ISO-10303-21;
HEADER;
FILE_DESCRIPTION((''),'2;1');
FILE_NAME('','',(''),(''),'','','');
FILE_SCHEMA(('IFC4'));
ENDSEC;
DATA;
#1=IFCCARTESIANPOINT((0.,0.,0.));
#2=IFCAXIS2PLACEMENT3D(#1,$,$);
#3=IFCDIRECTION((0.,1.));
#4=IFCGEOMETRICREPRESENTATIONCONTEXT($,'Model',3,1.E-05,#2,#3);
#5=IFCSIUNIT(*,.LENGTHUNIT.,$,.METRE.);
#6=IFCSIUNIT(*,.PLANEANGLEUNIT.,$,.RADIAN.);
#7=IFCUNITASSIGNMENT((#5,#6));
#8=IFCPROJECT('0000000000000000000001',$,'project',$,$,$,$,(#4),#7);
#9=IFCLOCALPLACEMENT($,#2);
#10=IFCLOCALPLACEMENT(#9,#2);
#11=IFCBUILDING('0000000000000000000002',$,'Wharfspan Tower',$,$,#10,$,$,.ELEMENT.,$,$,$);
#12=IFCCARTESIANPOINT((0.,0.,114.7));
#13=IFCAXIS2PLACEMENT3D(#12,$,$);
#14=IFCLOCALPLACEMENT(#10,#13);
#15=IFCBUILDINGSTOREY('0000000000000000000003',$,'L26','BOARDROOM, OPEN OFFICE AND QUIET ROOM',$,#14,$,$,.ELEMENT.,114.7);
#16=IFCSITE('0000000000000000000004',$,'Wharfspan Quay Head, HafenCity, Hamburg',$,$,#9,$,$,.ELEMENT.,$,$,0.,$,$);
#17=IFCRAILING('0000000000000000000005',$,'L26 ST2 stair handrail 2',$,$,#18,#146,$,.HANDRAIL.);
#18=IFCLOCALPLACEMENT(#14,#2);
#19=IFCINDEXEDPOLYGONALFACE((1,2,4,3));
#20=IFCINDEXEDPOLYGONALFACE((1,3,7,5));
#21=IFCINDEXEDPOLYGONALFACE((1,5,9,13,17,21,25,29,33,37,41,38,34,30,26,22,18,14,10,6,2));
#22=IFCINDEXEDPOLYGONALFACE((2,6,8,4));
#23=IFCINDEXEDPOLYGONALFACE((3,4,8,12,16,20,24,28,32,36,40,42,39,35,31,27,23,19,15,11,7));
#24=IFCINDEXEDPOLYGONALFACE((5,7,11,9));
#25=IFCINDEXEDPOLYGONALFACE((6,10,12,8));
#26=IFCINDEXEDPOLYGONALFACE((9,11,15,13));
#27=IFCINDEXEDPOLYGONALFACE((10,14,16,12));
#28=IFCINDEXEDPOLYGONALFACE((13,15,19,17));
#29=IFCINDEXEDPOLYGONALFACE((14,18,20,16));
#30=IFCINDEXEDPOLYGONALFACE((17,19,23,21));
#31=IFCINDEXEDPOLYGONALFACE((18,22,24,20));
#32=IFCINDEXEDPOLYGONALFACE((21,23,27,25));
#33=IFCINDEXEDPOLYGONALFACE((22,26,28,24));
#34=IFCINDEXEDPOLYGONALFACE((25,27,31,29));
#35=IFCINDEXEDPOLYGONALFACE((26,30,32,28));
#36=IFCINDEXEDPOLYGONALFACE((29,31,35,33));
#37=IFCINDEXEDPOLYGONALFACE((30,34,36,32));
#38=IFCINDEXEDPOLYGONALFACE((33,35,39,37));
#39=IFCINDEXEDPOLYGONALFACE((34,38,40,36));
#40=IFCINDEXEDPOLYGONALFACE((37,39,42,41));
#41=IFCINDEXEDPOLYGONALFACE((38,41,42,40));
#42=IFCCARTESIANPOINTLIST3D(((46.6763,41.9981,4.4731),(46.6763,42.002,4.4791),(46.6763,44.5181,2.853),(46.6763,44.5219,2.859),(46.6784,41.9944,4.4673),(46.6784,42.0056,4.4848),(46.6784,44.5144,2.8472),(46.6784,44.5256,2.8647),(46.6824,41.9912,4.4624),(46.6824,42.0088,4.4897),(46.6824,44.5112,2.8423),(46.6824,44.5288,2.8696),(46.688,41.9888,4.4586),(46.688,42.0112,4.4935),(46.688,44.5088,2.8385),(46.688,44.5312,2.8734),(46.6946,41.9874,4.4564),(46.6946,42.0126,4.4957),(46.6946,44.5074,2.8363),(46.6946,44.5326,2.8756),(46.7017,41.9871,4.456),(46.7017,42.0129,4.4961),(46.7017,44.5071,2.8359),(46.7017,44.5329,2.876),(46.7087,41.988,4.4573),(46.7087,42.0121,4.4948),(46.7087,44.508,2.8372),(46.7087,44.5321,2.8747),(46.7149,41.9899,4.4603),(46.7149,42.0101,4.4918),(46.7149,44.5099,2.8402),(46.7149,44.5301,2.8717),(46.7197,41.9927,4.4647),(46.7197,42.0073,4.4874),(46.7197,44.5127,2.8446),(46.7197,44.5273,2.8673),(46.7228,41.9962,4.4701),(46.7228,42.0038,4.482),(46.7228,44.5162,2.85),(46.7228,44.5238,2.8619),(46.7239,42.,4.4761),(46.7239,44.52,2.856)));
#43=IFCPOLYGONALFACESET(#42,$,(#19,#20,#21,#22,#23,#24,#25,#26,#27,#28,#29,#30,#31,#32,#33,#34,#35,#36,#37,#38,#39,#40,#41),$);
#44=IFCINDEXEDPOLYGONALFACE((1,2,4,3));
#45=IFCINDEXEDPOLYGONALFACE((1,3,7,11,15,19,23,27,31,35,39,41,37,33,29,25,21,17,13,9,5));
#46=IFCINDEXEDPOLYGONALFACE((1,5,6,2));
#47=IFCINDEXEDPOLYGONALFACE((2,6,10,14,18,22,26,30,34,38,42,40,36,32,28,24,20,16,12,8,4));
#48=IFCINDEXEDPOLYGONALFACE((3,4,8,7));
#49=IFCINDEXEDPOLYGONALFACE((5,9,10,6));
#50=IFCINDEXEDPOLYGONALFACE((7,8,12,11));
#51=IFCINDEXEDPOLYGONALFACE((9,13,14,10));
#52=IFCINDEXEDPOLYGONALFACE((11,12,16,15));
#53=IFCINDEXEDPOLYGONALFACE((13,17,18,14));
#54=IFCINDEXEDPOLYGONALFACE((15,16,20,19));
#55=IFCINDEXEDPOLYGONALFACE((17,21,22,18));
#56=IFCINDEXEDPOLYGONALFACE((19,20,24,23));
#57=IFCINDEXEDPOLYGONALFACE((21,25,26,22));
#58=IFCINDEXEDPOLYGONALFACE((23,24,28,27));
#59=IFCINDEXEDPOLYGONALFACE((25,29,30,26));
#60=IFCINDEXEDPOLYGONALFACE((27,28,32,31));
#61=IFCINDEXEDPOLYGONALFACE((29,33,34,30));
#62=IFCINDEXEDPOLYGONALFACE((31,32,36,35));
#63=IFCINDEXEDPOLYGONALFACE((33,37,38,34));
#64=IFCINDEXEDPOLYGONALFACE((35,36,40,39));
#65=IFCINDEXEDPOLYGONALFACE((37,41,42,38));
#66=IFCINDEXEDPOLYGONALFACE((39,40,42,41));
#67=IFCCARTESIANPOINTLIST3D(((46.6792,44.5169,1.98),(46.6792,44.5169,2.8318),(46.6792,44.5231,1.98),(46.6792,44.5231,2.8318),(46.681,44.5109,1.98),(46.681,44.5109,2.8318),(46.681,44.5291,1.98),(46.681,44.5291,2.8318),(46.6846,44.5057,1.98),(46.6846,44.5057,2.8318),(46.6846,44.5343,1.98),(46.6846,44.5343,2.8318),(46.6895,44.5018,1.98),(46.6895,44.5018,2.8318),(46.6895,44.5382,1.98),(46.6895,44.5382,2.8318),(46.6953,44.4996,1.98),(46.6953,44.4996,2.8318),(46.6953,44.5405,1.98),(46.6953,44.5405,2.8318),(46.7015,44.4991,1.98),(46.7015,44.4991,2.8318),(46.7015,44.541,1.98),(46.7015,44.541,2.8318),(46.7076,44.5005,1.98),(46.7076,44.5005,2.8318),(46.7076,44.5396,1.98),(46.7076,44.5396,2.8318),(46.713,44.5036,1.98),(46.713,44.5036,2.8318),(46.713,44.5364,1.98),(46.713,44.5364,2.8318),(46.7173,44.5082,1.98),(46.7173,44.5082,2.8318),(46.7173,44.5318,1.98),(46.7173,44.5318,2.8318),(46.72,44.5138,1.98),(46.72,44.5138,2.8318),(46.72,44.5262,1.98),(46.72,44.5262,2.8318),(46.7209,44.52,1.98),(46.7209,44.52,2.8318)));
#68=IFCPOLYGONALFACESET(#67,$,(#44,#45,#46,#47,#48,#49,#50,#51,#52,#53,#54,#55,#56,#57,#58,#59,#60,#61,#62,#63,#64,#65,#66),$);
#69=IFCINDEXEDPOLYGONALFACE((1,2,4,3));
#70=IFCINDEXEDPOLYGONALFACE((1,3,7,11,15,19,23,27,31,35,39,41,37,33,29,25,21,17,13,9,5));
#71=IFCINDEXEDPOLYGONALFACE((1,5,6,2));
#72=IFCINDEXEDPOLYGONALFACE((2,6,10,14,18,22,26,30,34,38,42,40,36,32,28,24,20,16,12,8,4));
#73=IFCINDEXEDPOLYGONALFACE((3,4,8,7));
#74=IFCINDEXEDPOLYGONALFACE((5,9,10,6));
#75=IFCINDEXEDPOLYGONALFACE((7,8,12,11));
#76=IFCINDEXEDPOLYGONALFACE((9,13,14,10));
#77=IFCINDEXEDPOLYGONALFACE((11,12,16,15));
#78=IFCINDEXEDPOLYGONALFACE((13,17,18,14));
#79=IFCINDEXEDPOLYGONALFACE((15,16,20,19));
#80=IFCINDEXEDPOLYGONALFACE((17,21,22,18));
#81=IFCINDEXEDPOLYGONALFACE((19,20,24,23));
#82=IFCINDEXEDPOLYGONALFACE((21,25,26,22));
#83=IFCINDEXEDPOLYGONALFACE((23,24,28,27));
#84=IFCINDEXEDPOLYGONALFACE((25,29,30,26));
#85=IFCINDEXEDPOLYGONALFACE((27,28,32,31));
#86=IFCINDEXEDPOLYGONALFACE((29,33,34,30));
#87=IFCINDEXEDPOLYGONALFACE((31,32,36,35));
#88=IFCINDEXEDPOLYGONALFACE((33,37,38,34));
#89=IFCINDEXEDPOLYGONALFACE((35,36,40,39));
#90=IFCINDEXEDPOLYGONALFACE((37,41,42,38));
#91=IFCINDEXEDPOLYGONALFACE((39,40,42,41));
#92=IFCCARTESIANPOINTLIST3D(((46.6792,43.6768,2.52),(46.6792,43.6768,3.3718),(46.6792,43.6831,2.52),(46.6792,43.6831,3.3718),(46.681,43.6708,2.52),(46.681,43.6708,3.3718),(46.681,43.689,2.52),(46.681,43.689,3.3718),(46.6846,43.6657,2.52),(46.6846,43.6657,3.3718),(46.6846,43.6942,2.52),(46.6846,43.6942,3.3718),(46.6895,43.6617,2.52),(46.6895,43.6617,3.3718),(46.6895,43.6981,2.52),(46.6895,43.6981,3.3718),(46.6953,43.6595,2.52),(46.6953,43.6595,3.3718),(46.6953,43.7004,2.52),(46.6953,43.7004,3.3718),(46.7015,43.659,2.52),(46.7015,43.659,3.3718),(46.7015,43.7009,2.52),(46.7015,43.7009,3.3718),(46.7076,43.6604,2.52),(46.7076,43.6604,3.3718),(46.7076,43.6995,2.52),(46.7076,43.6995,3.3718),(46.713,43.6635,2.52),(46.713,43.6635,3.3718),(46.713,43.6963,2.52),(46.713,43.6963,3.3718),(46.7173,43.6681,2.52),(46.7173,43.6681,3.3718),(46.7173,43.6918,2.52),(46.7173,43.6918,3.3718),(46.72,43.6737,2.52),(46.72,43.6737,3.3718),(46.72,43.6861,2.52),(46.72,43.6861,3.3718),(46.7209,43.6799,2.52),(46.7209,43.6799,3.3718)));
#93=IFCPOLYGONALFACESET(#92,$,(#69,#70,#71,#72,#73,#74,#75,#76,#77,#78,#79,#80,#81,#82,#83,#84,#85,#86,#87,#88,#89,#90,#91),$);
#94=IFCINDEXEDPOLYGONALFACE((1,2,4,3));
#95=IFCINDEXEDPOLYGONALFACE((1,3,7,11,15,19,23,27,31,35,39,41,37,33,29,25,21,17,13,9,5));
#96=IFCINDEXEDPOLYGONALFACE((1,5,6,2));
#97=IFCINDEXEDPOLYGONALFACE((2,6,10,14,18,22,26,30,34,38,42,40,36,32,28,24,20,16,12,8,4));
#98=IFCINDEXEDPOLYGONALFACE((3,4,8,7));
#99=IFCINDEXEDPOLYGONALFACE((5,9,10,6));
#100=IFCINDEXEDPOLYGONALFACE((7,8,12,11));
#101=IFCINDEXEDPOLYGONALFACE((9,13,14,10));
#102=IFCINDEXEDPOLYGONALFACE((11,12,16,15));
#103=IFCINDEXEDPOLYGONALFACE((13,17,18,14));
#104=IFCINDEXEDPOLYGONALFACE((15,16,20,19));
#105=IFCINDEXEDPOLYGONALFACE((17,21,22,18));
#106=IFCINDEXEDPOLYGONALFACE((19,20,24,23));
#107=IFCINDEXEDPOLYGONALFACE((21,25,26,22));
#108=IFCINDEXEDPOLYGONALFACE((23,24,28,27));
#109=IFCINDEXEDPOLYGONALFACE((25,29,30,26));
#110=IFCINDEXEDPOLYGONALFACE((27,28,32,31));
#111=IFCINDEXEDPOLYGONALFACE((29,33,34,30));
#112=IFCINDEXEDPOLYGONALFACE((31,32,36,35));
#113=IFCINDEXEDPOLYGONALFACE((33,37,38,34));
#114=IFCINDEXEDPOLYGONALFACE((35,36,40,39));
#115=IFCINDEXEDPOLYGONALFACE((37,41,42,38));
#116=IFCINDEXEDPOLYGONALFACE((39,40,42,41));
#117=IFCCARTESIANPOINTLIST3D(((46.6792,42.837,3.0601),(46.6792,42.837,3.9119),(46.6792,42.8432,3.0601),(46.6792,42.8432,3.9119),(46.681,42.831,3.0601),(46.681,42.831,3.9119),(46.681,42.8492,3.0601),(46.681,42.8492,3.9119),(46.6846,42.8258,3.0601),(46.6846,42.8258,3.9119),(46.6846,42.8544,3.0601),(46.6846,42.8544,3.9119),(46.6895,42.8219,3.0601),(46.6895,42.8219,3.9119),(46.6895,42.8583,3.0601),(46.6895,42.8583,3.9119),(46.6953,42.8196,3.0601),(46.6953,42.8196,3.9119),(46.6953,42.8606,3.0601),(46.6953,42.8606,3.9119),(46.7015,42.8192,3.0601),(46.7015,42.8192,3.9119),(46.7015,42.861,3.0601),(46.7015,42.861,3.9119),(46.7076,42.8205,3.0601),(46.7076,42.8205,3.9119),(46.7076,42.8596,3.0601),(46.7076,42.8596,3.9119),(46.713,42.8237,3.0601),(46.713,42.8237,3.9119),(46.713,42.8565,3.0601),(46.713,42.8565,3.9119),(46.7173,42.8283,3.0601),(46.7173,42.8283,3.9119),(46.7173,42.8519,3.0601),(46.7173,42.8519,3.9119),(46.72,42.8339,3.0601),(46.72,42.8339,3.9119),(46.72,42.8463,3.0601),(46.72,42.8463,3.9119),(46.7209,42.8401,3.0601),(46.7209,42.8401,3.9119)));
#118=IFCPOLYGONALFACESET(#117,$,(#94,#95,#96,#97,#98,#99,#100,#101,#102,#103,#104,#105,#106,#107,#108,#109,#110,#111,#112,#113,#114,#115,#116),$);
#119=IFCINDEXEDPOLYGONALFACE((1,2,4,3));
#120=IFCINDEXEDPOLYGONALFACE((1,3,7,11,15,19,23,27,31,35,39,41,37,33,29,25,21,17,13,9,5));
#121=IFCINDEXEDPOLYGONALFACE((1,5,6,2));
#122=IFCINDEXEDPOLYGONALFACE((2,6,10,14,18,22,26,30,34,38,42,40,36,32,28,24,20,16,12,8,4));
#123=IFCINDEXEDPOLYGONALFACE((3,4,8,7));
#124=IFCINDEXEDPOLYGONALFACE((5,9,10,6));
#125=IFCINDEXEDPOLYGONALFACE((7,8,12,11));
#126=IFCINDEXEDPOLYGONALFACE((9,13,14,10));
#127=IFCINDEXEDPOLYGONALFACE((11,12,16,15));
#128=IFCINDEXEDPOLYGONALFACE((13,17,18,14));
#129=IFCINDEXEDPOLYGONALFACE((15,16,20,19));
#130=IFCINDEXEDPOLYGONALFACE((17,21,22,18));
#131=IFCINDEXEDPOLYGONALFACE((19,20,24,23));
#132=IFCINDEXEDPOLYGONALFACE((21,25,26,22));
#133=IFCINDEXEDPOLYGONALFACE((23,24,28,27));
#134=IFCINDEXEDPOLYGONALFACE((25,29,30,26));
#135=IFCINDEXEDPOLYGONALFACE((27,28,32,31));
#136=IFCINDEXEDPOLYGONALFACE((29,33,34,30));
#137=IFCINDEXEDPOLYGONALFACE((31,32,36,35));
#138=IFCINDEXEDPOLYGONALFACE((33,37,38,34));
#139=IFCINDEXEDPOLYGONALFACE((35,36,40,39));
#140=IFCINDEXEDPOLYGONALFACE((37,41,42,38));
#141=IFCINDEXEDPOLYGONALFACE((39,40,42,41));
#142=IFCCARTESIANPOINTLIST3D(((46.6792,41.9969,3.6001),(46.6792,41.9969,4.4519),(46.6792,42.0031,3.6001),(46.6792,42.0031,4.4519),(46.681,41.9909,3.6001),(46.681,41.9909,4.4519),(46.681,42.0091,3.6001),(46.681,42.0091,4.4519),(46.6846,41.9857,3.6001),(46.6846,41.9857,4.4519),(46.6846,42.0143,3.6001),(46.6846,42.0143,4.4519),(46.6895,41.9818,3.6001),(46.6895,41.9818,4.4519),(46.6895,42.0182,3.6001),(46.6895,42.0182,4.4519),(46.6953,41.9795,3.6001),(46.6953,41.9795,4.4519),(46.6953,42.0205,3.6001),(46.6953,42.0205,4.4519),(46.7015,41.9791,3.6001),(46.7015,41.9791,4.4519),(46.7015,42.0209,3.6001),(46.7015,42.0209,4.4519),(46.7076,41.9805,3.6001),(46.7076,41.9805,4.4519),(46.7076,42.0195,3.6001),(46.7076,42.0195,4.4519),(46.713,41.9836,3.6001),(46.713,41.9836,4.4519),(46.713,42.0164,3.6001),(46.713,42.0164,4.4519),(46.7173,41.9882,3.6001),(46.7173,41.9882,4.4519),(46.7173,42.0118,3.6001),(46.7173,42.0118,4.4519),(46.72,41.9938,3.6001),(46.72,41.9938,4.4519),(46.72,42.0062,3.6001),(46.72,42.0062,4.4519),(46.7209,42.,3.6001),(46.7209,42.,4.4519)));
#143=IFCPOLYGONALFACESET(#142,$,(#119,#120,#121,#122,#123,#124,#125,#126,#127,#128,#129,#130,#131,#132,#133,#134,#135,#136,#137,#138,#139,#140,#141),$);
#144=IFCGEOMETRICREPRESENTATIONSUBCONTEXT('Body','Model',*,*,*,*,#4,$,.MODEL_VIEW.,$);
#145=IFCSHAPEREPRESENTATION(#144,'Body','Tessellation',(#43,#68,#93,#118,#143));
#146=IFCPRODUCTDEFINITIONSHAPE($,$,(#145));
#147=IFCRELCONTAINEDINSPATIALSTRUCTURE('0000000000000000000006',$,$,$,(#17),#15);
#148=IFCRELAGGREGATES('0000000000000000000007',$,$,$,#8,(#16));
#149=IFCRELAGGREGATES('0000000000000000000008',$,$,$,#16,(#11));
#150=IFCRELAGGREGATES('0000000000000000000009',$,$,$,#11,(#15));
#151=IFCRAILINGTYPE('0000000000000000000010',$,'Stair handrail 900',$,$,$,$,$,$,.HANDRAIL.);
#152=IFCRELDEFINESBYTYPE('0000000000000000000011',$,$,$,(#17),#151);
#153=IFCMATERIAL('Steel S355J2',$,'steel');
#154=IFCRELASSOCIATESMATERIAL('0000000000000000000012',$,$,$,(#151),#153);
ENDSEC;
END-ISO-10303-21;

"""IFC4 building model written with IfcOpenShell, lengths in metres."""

from ifc_helpers import new_model, si_unit, direction, frame, origin, origin_2d, place, context, subcontext, project, spatial, circle, extrude, material, type_object, element, save


model = new_model("IFC4")

# Units and contexts
model_context = context("Model", 3, precision=1e-05, world=origin(), true_north=direction((0.0, 1.0)))
body_context = subcontext(model_context, "Body", "Model", "MODEL_VIEW")
ifc_project = project(units=[si_unit("LENGTHUNIT", "METRE"), si_unit("PLANEANGLEUNIT", "RADIAN")], contexts=[model_context])

# Site, building, storey
site_placement = place(None, origin())
site = spatial("IfcSite", under=ifc_project, at=site_placement, Name="Wharfspan Quay Head, HafenCity, Hamburg", CompositionType="ELEMENT", RefElevation=0.0)
building_placement = place(site_placement, origin())
building = spatial("IfcBuilding", under=site, at=building_placement, Name="Wharfspan Tower", CompositionType="ELEMENT")
storey_placement = place(building_placement, frame((0.0, 0.0, 114.7)))
storey = spatial("IfcBuildingStorey", under=building, at=storey_placement, Name="L26", Description="BOARDROOM, OPEN OFFICE AND QUIET ROOM", CompositionType="ELEMENT", Elevation=114.7)

# Shared definitions
ifc_material_1 = material(Name="Steel S355J2", Category="steel")

# Railing
railing_type_1 = type_object("IfcRailingType", Name="Stair handrail 900", PredefinedType="HANDRAIL", material=ifc_material_1)
railing_1_placement = place(storey_placement, frame((46.7, 44.52, 1.98)))
element("IfcRailing", 1, at=railing_1_placement, inside=storey, type_object=railing_type_1, Name="L26 ST2 stair handrail 2", PredefinedType="HANDRAIL", context=body_context, shape_type="SweptSolid", body=[
    extrude(circle(Radius=0.0239, at=origin_2d()), frame((0.0, 0.0, 0.876), z_axis=(0.0, -0.841163, 0.540782), x_axis=(1.0, 0.0, 0.0)), (0.0, 0.0, 1.0), 2.9958),
    extrude(circle(Radius=0.021, at=origin_2d()), origin(), (0.0, 0.0, 1.0), 0.8518),
    extrude(circle(Radius=0.021, at=origin_2d()), frame((0.0, -0.8401, 0.54)), (0.0, 0.0, 1.0), 0.8518),
    extrude(circle(Radius=0.021, at=origin_2d()), frame((0.0, -1.6799, 1.0801)), (0.0, 0.0, 1.0), 0.8518),
    extrude(circle(Radius=0.021, at=origin_2d()), frame((0.0, -2.52, 1.6201)), (0.0, 0.0, 1.0), 0.8518),
])

save(model, "model.ifc")
